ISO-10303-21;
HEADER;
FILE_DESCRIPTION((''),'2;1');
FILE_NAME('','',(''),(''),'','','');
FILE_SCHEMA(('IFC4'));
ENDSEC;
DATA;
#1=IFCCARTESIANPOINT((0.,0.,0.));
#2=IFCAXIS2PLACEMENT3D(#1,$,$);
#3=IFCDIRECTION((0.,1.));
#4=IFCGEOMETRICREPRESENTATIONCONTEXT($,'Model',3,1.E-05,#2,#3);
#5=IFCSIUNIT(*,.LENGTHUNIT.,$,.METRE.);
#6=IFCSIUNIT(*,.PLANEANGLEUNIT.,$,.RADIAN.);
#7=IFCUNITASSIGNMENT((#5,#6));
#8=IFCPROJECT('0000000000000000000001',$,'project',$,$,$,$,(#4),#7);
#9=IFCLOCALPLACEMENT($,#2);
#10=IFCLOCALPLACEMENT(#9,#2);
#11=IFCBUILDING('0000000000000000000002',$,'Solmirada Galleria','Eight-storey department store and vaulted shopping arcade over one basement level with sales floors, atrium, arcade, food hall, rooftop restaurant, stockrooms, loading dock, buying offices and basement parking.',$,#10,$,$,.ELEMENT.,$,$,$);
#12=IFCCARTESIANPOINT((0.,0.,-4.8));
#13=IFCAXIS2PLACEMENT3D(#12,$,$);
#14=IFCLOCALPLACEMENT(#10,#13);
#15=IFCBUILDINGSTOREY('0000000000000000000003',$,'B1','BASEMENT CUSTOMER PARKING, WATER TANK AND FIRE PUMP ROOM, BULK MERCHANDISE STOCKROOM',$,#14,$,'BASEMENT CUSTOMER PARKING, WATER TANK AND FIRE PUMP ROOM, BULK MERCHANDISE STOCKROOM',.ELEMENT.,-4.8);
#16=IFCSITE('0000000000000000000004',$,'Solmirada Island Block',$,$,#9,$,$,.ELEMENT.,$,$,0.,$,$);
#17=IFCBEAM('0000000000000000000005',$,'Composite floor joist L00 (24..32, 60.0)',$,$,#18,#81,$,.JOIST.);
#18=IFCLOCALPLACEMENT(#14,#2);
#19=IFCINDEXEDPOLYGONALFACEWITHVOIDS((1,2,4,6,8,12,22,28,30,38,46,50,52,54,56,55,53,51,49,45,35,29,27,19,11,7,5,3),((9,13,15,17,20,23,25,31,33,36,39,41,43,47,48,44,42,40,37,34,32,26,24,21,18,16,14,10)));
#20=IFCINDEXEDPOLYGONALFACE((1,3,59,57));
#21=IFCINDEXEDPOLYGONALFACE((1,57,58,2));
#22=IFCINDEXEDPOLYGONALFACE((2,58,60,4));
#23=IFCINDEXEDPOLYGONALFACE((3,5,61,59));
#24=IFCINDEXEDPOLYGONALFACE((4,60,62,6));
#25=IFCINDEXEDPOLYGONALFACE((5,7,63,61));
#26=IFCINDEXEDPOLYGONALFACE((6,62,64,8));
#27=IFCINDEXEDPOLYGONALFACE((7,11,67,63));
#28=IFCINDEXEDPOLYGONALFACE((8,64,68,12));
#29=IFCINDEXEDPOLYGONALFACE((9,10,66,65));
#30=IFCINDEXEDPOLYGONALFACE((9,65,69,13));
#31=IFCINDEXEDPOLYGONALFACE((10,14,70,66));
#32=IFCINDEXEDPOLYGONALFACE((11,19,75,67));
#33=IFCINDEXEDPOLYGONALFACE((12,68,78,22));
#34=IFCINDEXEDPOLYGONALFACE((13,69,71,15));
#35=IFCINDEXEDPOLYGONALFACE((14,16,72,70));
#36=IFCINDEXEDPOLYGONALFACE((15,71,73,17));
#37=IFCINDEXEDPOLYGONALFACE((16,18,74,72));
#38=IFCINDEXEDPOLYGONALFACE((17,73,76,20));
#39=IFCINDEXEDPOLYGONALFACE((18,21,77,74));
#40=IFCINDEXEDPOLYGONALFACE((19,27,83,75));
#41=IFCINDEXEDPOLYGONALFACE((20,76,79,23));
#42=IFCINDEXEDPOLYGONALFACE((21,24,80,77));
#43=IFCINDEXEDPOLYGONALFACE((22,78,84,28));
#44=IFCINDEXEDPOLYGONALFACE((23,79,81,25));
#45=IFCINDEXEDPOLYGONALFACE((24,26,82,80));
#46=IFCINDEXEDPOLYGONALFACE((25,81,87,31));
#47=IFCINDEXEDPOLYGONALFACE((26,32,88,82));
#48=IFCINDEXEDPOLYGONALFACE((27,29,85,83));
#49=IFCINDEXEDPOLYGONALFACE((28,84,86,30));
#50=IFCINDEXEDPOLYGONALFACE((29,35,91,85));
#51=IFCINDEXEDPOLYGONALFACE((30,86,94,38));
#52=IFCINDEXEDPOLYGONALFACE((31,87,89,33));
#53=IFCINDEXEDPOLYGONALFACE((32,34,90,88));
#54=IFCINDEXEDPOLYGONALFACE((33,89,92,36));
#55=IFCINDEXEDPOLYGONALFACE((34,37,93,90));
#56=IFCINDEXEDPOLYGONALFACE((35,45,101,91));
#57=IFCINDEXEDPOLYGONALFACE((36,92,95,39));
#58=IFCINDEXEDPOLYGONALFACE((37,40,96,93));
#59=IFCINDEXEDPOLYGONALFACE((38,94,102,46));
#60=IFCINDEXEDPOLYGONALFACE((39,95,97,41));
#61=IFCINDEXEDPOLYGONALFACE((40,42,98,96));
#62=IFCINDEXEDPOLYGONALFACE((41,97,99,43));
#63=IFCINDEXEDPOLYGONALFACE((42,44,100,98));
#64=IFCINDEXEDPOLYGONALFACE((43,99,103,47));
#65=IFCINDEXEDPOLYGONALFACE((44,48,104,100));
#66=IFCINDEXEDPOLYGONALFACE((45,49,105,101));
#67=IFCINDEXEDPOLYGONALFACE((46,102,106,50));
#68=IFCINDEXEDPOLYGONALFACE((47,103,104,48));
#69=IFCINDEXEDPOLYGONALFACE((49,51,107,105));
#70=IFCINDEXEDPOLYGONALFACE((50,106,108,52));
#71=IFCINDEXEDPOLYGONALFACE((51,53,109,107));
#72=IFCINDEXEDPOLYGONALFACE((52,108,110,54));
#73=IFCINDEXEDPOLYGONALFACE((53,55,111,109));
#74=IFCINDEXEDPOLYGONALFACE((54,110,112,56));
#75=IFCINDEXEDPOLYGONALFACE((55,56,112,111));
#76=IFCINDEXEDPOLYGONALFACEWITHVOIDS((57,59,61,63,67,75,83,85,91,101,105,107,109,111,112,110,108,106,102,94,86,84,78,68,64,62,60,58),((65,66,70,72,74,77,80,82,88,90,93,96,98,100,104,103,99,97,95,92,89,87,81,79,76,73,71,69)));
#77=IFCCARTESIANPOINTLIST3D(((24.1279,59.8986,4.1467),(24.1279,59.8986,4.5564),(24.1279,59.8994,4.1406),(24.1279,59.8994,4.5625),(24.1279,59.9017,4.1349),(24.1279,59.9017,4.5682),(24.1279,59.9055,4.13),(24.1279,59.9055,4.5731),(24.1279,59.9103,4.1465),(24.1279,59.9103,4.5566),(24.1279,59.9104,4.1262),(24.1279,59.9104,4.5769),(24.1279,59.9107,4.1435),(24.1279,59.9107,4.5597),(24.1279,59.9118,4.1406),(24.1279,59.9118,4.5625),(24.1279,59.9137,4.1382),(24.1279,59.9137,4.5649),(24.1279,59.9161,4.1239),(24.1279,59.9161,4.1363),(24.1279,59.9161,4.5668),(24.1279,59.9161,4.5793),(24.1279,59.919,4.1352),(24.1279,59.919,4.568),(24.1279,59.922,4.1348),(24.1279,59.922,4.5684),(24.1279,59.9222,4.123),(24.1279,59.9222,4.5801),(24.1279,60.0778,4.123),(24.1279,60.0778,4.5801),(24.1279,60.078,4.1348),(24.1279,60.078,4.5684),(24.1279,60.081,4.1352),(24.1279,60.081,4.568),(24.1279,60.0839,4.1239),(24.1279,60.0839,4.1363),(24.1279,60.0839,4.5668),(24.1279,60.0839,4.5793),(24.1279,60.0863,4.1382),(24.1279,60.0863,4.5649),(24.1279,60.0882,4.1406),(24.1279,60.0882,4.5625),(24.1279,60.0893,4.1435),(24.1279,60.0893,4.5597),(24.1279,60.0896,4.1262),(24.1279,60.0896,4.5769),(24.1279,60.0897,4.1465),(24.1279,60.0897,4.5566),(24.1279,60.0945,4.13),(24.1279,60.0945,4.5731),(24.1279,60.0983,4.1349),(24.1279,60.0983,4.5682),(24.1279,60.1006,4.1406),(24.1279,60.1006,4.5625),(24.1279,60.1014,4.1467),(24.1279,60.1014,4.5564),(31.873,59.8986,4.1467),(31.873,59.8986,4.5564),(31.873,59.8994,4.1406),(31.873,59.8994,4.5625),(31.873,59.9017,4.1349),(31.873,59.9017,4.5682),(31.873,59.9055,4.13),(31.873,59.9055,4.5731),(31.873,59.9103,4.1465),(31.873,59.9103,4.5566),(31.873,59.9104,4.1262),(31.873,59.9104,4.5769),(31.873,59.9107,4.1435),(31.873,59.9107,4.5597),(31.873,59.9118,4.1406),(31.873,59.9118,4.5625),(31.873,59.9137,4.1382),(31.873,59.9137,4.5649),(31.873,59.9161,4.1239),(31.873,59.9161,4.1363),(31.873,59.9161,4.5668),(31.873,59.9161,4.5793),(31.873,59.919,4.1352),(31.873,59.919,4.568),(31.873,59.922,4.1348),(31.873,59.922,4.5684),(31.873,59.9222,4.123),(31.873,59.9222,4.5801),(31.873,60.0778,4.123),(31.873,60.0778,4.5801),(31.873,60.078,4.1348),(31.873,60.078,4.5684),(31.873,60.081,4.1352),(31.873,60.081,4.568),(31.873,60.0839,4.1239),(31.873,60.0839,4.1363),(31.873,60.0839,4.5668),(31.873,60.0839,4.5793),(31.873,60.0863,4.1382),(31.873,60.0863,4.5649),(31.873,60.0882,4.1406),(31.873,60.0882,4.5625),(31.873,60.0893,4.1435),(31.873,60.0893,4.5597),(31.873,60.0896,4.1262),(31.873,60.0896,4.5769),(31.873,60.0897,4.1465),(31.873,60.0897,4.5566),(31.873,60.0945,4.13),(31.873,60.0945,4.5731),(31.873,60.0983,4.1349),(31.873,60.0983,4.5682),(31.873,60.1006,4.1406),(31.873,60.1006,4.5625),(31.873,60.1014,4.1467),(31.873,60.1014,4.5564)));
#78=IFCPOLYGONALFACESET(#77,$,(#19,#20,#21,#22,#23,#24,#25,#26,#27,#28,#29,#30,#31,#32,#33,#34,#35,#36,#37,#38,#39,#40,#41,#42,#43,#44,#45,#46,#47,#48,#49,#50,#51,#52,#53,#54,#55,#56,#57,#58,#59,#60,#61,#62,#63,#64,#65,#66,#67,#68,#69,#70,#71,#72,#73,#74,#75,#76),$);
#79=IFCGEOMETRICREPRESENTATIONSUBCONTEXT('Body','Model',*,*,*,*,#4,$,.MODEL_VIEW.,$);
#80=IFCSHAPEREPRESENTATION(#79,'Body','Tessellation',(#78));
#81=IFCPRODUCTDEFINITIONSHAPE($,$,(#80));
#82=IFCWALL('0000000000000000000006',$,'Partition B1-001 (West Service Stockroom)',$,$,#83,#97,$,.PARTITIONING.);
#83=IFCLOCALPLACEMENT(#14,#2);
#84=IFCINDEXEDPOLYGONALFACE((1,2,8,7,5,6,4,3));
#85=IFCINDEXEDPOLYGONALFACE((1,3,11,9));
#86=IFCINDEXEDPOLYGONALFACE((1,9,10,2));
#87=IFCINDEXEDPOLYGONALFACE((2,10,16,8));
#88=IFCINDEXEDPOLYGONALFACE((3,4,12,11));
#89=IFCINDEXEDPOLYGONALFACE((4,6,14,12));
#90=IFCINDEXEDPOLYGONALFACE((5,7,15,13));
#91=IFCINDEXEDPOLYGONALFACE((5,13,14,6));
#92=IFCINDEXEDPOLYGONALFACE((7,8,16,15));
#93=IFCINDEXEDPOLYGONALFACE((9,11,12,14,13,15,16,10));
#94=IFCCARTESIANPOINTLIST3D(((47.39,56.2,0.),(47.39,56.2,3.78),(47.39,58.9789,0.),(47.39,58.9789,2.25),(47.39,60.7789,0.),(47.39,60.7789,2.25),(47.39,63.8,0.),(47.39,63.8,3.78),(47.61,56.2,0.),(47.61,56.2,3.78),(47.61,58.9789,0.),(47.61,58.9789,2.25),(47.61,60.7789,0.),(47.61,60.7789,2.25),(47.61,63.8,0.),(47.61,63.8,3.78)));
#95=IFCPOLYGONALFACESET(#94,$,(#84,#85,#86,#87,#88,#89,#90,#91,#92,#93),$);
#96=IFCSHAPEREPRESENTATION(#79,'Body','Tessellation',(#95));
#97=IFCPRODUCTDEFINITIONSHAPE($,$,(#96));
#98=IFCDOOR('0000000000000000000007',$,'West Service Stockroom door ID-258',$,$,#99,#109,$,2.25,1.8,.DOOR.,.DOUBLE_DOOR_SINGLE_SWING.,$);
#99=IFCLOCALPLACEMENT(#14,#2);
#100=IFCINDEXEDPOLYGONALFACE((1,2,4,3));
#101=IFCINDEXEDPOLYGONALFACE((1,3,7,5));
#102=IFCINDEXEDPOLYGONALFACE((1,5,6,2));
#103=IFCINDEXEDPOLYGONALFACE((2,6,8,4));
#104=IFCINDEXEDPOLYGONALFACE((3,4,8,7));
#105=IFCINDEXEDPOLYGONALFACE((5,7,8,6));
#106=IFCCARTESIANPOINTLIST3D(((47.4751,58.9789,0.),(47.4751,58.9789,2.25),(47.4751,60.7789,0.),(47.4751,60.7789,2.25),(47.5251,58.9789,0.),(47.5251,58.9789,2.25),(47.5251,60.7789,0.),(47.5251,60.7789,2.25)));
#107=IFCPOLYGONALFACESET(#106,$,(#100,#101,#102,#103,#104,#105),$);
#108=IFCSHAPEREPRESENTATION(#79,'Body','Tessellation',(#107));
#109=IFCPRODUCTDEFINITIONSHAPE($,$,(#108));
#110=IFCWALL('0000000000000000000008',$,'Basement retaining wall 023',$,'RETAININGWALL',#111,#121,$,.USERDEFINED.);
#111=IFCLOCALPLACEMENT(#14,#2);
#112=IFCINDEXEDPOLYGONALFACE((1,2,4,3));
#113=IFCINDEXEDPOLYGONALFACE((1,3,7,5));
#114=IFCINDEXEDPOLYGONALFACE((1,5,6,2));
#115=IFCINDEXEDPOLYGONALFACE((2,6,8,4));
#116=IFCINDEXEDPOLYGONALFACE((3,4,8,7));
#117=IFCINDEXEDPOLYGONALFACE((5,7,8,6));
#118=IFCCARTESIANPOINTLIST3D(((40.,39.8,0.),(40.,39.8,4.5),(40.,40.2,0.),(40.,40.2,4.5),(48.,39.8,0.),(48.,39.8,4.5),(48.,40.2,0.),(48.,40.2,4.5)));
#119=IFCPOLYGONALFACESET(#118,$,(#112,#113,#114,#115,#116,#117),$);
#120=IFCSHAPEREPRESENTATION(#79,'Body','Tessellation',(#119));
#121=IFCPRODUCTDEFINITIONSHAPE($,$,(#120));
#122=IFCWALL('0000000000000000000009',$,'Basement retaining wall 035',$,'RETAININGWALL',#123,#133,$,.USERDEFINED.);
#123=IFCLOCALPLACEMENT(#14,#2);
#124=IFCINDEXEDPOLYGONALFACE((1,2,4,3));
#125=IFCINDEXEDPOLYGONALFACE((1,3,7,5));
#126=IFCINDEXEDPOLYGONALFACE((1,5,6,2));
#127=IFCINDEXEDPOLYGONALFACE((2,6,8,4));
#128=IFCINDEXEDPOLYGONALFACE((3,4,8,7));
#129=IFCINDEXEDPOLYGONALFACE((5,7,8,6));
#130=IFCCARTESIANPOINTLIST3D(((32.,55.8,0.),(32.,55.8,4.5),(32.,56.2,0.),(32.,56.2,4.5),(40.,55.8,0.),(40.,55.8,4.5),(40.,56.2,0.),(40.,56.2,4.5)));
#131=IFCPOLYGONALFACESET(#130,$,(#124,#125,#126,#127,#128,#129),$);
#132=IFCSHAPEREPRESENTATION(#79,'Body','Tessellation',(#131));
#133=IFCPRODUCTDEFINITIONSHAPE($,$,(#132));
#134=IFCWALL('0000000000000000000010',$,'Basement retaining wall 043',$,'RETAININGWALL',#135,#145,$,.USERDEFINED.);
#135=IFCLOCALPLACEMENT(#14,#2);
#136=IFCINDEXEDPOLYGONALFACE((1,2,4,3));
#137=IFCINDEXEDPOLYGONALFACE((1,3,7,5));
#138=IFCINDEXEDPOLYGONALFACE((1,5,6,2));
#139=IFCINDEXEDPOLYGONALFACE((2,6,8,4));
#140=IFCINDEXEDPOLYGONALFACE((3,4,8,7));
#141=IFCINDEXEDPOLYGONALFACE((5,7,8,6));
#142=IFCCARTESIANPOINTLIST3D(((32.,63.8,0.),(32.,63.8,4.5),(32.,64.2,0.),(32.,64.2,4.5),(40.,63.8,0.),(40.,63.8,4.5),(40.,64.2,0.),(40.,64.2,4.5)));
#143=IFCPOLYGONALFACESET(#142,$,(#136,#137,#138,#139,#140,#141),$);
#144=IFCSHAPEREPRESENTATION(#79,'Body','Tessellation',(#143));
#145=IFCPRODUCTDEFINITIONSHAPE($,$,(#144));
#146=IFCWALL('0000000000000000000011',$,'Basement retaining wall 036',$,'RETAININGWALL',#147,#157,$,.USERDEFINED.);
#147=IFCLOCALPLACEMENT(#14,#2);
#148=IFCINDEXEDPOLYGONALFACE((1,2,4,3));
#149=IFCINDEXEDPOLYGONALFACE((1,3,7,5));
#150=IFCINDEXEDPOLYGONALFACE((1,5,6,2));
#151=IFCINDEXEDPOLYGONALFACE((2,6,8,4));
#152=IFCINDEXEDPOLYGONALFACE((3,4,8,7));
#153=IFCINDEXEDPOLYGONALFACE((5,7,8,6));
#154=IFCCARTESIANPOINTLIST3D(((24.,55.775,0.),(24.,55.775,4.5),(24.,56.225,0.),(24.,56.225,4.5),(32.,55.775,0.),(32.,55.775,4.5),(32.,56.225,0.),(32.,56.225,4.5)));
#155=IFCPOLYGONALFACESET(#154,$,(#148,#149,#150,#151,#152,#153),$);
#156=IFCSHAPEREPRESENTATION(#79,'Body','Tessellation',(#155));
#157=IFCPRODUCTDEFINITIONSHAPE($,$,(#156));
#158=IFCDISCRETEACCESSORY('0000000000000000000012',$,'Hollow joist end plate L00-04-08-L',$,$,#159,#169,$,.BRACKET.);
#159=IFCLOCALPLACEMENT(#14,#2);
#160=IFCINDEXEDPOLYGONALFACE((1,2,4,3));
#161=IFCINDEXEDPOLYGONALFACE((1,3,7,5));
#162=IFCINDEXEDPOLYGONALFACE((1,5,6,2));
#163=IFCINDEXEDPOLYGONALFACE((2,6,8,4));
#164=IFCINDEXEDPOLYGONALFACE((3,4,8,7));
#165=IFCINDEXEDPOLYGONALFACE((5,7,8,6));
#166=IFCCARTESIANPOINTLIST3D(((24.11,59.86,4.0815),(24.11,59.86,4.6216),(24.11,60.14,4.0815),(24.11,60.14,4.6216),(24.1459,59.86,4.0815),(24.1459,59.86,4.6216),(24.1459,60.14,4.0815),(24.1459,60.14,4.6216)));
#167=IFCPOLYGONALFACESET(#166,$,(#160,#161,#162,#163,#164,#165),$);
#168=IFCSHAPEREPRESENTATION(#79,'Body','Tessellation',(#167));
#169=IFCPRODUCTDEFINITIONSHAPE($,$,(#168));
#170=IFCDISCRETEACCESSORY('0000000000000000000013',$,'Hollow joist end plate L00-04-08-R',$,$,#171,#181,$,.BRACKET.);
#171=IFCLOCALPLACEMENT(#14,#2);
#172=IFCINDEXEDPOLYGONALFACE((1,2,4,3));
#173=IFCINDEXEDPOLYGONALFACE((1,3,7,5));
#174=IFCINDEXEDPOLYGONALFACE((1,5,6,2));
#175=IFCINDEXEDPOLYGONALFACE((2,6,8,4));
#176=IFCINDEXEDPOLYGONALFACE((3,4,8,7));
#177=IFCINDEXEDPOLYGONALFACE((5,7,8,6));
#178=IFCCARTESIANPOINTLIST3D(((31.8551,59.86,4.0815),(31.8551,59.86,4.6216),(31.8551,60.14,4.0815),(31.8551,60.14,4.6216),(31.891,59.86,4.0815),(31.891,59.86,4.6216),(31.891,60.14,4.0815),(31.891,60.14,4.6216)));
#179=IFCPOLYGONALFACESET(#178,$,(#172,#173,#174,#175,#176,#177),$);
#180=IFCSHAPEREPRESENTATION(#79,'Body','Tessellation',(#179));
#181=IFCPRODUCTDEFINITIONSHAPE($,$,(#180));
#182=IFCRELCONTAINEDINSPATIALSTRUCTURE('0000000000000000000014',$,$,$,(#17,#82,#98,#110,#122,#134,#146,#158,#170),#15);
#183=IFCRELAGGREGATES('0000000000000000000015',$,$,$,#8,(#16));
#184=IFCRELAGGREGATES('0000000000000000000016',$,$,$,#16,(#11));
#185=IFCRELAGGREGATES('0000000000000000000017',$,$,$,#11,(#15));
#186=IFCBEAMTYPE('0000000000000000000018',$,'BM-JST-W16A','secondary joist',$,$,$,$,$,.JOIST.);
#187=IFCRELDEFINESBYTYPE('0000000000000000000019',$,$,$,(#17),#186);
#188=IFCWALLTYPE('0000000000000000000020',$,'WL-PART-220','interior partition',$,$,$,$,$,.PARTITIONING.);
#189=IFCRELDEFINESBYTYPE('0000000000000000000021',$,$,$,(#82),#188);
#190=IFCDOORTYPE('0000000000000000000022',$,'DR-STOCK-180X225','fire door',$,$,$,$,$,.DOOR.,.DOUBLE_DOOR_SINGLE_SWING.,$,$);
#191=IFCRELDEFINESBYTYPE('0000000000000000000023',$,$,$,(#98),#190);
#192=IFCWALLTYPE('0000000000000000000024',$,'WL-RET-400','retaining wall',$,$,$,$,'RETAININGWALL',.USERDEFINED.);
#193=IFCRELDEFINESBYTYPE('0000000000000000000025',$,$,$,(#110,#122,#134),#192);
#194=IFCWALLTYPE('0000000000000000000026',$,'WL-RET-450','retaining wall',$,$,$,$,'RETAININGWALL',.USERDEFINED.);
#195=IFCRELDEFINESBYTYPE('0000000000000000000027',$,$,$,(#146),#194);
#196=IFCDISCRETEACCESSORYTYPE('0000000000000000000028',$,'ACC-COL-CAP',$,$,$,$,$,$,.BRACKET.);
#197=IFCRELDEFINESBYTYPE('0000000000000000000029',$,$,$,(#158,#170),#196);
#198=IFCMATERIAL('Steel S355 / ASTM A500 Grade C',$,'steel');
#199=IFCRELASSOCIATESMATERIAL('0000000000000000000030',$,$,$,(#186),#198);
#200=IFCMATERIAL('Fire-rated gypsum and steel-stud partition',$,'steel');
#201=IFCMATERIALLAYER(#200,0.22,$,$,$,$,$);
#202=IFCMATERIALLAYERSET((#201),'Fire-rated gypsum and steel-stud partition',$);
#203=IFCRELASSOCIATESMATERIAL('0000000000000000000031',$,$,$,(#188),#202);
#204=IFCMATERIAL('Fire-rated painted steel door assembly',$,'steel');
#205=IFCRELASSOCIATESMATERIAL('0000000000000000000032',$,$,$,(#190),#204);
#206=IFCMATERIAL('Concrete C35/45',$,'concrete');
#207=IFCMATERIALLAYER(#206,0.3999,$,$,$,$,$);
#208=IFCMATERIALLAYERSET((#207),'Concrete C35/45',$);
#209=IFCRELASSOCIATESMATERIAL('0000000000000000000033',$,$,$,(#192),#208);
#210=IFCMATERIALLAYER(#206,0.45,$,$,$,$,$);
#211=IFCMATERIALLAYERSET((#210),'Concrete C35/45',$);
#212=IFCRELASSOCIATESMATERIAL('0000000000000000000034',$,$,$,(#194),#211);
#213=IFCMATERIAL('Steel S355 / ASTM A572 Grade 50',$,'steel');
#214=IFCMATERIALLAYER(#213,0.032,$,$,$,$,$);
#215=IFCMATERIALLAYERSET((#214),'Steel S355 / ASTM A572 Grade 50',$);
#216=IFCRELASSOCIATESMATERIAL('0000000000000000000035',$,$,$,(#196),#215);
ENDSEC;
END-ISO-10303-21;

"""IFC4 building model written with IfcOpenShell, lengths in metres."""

from ifc_helpers import new_model, si_unit, direction, frame, frame_2d, origin, origin_2d, place, context, subcontext, project, spatial, rectangle, hollow_rectangle, extrude, material, layer, layer_set, material_profile, profile_set, type_object, element, fill, save


model = new_model("IFC4")

# Units and contexts
model_context = context("Model", 3, precision=1e-05, world=origin(), true_north=direction((0.0, 1.0)))
body_context = subcontext(model_context, "Body", "Model", "MODEL_VIEW")
ifc_project = project(units=[si_unit("LENGTHUNIT", "METRE"), si_unit("PLANEANGLEUNIT", "RADIAN")], contexts=[model_context])

# Site, building, storey
site_placement = place(None, origin())
site = spatial("IfcSite", under=ifc_project, at=site_placement, Name="Solmirada Island Block", CompositionType="ELEMENT", RefElevation=0.0)
building_placement = place(site_placement, origin())
building = spatial("IfcBuilding", under=site, at=building_placement, Name="Solmirada Galleria", Description="Eight-storey department store and vaulted shopping arcade over one basement level with sales floors, atrium, arcade, food hall, rooftop restaurant, stockrooms, loading dock, buying offices and basement parking.", CompositionType="ELEMENT")
storey_placement = place(building_placement, frame((0.0, 0.0, -4.8)))
storey = spatial("IfcBuildingStorey", under=building, at=storey_placement, Name="B1", Description="BASEMENT CUSTOMER PARKING, WATER TANK AND FIRE PUMP ROOM, BULK MERCHANDISE STOCKROOM", LongName="BASEMENT CUSTOMER PARKING, WATER TANK AND FIRE PUMP ROOM, BULK MERCHANDISE STOCKROOM", CompositionType="ELEMENT", Elevation=-4.8)

# Shared definitions
ifc_material_1 = material(Name="Concrete C35/45", Category="concrete")

# Shared definitions
ifc_material_2 = material(Name="Steel S355 / ASTM A500 Grade C", Category="steel")

# Beam
ifc_material_profile_1 = material_profile(ifc_material_2, hollow_rectangle(XDim=0.2029, YDim=0.457, WallThickness=0.0117, InnerFilletRadius=0.0117, OuterFilletRadius=0.0237, at=origin_2d()), Name="HSS18X8X1/2")
ifc_profile_set_1 = profile_set([ifc_material_profile_1], Name="Steel S355 / ASTM A500 Grade C")
beam_type_1 = type_object("IfcBeamType", Name="BM-JST-W16A", Description="secondary joist", PredefinedType="JOIST", material=ifc_profile_set_1)
beam_1_placement = place(storey_placement, frame((24.1279, 60.0, 4.3516), z_axis=(1.0, 0.0, 0.0), x_axis=(0.0, 1.0, 0.0)))
element("IfcBeam", 1, at=beam_1_placement, inside=storey, type_object=beam_type_1, Name="Composite floor joist L00 (24..32, 60.0)", PredefinedType="JOIST", context=body_context, shape_type="SweptSolid", body=[
    extrude(hollow_rectangle(XDim=0.2029, YDim=0.457, WallThickness=0.0117, InnerFilletRadius=0.0117, OuterFilletRadius=0.0237, at=origin_2d()), origin(), (0.0, 0.0, 1.0), 7.7451),
])

# Wall, opening, door
ifc_material_3 = material(Name="Fire-rated gypsum and steel-stud partition", Category="steel")
ifc_layer_1 = layer(ifc_material_3, 0.22)
ifc_layer_set_1 = layer_set([ifc_layer_1], Name="Fire-rated gypsum and steel-stud partition")
wall_type_1 = type_object("IfcWallType", Name="WL-PART-220", Description="interior partition", PredefinedType="PARTITIONING", material=ifc_layer_set_1)
wall_1_placement = place(storey_placement, frame((47.5, 56.2, 0.0), z_axis=(0.0, 0.0, 1.0), x_axis=(0.0, 1.0, 0.0)))
wall_1 = element("IfcWall", 2, at=wall_1_placement, inside=storey, type_object=wall_type_1, Name="Partition B1-001 (West Service Stockroom)", PredefinedType="PARTITIONING", context=body_context, shape_type="SweptSolid", body=[
    extrude(rectangle(XDim=7.6001, YDim=0.22, at=frame_2d((3.8, 0.0))), origin(), (0.0, 0.0, 1.0), 3.78),
])
opening_placement = place(wall_1_placement, frame((2.7791, 0.0, 0.0)))
opening = element("IfcOpeningElement", 3, at=opening_placement, cuts=wall_1, PredefinedType="OPENING", context=body_context, shape_type="SweptSolid", body=[
    extrude(rectangle(XDim=1.8, YDim=2.25, at=frame_2d((0.8999, 1.125))), frame((0.0, 0.1199, 0.0), z_axis=(0.0, -1.0, 0.0), x_axis=(1.0, 0.0, 0.0)), (0.0, 0.0, 1.0), 0.24),
])
ifc_material_4 = material(Name="Fire-rated painted steel door assembly", Category="steel")
door_type = type_object("IfcDoorType", Name="DR-STOCK-180X225", Description="fire door", OperationType="DOUBLE_DOOR_SINGLE_SWING", PredefinedType="DOOR", material=ifc_material_4)
door_placement = place(opening_placement, origin())
door = element("IfcDoor", 4, at=door_placement, inside=storey, type_object=door_type, Name="West Service Stockroom door ID-258", OperationType="DOUBLE_DOOR_SINGLE_SWING", OverallHeight=2.25, OverallWidth=1.8, PredefinedType="DOOR", context=body_context, shape_type="SweptSolid", body=[
    extrude(rectangle(XDim=1.8, YDim=2.25, at=frame_2d((0.8999, 1.125))), frame((0.0, 0.0249, 0.0), z_axis=(0.0, -1.0, 0.0), x_axis=(1.0, 0.0, 0.0)), (0.0, 0.0, 1.0), 0.05),
])
fill(opening, door)

# Walls
ifc_layer_2 = layer(ifc_material_1, 0.3999)
ifc_layer_set_2 = layer_set([ifc_layer_2], Name="Concrete C35/45")
wall_type_2 = type_object("IfcWallType", Name="WL-RET-400", Description="retaining wall", ElementType="RETAININGWALL", PredefinedType="USERDEFINED", material=ifc_layer_set_2)
for number, where, z_axis, x_axis, name in (
    (5, (40.0, 40.0, 0.0), (0.0, 0.0, 1.0), (1.0, 0.0, 0.0), "Basement retaining wall 023"),
    (6, (40.0, 56.0, 0.0), (0.0, 0.0, 1.0), (-1.0, 0.0, 0.0), "Basement retaining wall 035"),
    (7, (32.0, 64.0, 0.0), (0.0, 0.0, 1.0), (1.0, 0.0, 0.0), "Basement retaining wall 043"),
):
    element("IfcWall", number, at=place(storey_placement, frame(where, z_axis=z_axis, x_axis=x_axis)), inside=storey, type_object=wall_type_2, Name=name, ObjectType="RETAININGWALL", PredefinedType="USERDEFINED", context=body_context, shape_type="SweptSolid", body=[
        extrude(rectangle(XDim=8.0, YDim=0.3999, at=frame_2d((4.0, 0.0))), origin(), (0.0, 0.0, 1.0), 4.5),
    ])
ifc_layer_3 = layer(ifc_material_1, 0.45)
ifc_layer_set_3 = layer_set([ifc_layer_3], Name="Concrete C35/45")
wall_type_3 = type_object("IfcWallType", Name="WL-RET-450", Description="retaining wall", ElementType="RETAININGWALL", PredefinedType="USERDEFINED", material=ifc_layer_set_3)
wall_2_placement = place(storey_placement, frame((32.0, 56.0, 0.0), z_axis=(0.0, 0.0, 1.0), x_axis=(-1.0, 0.0, 0.0)))
element("IfcWall", 8, at=wall_2_placement, inside=storey, type_object=wall_type_3, Name="Basement retaining wall 036", ObjectType="RETAININGWALL", PredefinedType="USERDEFINED", context=body_context, shape_type="SweptSolid", body=[
    extrude(rectangle(XDim=8.0, YDim=0.45, at=frame_2d((4.0, 0.0))), origin(), (0.0, 0.0, 1.0), 4.5),
])

# Discrete accessories
ifc_material_5 = material(Name="Steel S355 / ASTM A572 Grade 50", Category="steel")
ifc_layer_4 = layer(ifc_material_5, 0.032)
ifc_layer_set_4 = layer_set([ifc_layer_4], Name="Steel S355 / ASTM A572 Grade 50")
discrete_accessory_type = type_object("IfcDiscreteAccessoryType", Name="ACC-COL-CAP", PredefinedType="BRACKET", material=ifc_layer_set_4)
for number, where, z_axis, x_axis, name in (
    (9, (24.1279, 60.0, 4.0815), (0.0, 0.0, 1.0), (1.0, 0.0, 0.0), "Hollow joist end plate L00-04-08-L"),
    (10, (31.873, 60.0, 4.0815), (0.0, 0.0, 1.0), (1.0, 0.0, 0.0), "Hollow joist end plate L00-04-08-R"),
):
    element("IfcDiscreteAccessory", number, at=place(storey_placement, frame(where, z_axis=z_axis, x_axis=x_axis)), inside=storey, type_object=discrete_accessory_type, Name=name, PredefinedType="BRACKET", context=body_context, shape_type="SweptSolid", body=[
        extrude(rectangle(XDim=0.0359, YDim=0.28, at=origin_2d()), origin(), (0.0, 0.0, 1.0), 0.54),
    ])

save(model, "model.ifc")
